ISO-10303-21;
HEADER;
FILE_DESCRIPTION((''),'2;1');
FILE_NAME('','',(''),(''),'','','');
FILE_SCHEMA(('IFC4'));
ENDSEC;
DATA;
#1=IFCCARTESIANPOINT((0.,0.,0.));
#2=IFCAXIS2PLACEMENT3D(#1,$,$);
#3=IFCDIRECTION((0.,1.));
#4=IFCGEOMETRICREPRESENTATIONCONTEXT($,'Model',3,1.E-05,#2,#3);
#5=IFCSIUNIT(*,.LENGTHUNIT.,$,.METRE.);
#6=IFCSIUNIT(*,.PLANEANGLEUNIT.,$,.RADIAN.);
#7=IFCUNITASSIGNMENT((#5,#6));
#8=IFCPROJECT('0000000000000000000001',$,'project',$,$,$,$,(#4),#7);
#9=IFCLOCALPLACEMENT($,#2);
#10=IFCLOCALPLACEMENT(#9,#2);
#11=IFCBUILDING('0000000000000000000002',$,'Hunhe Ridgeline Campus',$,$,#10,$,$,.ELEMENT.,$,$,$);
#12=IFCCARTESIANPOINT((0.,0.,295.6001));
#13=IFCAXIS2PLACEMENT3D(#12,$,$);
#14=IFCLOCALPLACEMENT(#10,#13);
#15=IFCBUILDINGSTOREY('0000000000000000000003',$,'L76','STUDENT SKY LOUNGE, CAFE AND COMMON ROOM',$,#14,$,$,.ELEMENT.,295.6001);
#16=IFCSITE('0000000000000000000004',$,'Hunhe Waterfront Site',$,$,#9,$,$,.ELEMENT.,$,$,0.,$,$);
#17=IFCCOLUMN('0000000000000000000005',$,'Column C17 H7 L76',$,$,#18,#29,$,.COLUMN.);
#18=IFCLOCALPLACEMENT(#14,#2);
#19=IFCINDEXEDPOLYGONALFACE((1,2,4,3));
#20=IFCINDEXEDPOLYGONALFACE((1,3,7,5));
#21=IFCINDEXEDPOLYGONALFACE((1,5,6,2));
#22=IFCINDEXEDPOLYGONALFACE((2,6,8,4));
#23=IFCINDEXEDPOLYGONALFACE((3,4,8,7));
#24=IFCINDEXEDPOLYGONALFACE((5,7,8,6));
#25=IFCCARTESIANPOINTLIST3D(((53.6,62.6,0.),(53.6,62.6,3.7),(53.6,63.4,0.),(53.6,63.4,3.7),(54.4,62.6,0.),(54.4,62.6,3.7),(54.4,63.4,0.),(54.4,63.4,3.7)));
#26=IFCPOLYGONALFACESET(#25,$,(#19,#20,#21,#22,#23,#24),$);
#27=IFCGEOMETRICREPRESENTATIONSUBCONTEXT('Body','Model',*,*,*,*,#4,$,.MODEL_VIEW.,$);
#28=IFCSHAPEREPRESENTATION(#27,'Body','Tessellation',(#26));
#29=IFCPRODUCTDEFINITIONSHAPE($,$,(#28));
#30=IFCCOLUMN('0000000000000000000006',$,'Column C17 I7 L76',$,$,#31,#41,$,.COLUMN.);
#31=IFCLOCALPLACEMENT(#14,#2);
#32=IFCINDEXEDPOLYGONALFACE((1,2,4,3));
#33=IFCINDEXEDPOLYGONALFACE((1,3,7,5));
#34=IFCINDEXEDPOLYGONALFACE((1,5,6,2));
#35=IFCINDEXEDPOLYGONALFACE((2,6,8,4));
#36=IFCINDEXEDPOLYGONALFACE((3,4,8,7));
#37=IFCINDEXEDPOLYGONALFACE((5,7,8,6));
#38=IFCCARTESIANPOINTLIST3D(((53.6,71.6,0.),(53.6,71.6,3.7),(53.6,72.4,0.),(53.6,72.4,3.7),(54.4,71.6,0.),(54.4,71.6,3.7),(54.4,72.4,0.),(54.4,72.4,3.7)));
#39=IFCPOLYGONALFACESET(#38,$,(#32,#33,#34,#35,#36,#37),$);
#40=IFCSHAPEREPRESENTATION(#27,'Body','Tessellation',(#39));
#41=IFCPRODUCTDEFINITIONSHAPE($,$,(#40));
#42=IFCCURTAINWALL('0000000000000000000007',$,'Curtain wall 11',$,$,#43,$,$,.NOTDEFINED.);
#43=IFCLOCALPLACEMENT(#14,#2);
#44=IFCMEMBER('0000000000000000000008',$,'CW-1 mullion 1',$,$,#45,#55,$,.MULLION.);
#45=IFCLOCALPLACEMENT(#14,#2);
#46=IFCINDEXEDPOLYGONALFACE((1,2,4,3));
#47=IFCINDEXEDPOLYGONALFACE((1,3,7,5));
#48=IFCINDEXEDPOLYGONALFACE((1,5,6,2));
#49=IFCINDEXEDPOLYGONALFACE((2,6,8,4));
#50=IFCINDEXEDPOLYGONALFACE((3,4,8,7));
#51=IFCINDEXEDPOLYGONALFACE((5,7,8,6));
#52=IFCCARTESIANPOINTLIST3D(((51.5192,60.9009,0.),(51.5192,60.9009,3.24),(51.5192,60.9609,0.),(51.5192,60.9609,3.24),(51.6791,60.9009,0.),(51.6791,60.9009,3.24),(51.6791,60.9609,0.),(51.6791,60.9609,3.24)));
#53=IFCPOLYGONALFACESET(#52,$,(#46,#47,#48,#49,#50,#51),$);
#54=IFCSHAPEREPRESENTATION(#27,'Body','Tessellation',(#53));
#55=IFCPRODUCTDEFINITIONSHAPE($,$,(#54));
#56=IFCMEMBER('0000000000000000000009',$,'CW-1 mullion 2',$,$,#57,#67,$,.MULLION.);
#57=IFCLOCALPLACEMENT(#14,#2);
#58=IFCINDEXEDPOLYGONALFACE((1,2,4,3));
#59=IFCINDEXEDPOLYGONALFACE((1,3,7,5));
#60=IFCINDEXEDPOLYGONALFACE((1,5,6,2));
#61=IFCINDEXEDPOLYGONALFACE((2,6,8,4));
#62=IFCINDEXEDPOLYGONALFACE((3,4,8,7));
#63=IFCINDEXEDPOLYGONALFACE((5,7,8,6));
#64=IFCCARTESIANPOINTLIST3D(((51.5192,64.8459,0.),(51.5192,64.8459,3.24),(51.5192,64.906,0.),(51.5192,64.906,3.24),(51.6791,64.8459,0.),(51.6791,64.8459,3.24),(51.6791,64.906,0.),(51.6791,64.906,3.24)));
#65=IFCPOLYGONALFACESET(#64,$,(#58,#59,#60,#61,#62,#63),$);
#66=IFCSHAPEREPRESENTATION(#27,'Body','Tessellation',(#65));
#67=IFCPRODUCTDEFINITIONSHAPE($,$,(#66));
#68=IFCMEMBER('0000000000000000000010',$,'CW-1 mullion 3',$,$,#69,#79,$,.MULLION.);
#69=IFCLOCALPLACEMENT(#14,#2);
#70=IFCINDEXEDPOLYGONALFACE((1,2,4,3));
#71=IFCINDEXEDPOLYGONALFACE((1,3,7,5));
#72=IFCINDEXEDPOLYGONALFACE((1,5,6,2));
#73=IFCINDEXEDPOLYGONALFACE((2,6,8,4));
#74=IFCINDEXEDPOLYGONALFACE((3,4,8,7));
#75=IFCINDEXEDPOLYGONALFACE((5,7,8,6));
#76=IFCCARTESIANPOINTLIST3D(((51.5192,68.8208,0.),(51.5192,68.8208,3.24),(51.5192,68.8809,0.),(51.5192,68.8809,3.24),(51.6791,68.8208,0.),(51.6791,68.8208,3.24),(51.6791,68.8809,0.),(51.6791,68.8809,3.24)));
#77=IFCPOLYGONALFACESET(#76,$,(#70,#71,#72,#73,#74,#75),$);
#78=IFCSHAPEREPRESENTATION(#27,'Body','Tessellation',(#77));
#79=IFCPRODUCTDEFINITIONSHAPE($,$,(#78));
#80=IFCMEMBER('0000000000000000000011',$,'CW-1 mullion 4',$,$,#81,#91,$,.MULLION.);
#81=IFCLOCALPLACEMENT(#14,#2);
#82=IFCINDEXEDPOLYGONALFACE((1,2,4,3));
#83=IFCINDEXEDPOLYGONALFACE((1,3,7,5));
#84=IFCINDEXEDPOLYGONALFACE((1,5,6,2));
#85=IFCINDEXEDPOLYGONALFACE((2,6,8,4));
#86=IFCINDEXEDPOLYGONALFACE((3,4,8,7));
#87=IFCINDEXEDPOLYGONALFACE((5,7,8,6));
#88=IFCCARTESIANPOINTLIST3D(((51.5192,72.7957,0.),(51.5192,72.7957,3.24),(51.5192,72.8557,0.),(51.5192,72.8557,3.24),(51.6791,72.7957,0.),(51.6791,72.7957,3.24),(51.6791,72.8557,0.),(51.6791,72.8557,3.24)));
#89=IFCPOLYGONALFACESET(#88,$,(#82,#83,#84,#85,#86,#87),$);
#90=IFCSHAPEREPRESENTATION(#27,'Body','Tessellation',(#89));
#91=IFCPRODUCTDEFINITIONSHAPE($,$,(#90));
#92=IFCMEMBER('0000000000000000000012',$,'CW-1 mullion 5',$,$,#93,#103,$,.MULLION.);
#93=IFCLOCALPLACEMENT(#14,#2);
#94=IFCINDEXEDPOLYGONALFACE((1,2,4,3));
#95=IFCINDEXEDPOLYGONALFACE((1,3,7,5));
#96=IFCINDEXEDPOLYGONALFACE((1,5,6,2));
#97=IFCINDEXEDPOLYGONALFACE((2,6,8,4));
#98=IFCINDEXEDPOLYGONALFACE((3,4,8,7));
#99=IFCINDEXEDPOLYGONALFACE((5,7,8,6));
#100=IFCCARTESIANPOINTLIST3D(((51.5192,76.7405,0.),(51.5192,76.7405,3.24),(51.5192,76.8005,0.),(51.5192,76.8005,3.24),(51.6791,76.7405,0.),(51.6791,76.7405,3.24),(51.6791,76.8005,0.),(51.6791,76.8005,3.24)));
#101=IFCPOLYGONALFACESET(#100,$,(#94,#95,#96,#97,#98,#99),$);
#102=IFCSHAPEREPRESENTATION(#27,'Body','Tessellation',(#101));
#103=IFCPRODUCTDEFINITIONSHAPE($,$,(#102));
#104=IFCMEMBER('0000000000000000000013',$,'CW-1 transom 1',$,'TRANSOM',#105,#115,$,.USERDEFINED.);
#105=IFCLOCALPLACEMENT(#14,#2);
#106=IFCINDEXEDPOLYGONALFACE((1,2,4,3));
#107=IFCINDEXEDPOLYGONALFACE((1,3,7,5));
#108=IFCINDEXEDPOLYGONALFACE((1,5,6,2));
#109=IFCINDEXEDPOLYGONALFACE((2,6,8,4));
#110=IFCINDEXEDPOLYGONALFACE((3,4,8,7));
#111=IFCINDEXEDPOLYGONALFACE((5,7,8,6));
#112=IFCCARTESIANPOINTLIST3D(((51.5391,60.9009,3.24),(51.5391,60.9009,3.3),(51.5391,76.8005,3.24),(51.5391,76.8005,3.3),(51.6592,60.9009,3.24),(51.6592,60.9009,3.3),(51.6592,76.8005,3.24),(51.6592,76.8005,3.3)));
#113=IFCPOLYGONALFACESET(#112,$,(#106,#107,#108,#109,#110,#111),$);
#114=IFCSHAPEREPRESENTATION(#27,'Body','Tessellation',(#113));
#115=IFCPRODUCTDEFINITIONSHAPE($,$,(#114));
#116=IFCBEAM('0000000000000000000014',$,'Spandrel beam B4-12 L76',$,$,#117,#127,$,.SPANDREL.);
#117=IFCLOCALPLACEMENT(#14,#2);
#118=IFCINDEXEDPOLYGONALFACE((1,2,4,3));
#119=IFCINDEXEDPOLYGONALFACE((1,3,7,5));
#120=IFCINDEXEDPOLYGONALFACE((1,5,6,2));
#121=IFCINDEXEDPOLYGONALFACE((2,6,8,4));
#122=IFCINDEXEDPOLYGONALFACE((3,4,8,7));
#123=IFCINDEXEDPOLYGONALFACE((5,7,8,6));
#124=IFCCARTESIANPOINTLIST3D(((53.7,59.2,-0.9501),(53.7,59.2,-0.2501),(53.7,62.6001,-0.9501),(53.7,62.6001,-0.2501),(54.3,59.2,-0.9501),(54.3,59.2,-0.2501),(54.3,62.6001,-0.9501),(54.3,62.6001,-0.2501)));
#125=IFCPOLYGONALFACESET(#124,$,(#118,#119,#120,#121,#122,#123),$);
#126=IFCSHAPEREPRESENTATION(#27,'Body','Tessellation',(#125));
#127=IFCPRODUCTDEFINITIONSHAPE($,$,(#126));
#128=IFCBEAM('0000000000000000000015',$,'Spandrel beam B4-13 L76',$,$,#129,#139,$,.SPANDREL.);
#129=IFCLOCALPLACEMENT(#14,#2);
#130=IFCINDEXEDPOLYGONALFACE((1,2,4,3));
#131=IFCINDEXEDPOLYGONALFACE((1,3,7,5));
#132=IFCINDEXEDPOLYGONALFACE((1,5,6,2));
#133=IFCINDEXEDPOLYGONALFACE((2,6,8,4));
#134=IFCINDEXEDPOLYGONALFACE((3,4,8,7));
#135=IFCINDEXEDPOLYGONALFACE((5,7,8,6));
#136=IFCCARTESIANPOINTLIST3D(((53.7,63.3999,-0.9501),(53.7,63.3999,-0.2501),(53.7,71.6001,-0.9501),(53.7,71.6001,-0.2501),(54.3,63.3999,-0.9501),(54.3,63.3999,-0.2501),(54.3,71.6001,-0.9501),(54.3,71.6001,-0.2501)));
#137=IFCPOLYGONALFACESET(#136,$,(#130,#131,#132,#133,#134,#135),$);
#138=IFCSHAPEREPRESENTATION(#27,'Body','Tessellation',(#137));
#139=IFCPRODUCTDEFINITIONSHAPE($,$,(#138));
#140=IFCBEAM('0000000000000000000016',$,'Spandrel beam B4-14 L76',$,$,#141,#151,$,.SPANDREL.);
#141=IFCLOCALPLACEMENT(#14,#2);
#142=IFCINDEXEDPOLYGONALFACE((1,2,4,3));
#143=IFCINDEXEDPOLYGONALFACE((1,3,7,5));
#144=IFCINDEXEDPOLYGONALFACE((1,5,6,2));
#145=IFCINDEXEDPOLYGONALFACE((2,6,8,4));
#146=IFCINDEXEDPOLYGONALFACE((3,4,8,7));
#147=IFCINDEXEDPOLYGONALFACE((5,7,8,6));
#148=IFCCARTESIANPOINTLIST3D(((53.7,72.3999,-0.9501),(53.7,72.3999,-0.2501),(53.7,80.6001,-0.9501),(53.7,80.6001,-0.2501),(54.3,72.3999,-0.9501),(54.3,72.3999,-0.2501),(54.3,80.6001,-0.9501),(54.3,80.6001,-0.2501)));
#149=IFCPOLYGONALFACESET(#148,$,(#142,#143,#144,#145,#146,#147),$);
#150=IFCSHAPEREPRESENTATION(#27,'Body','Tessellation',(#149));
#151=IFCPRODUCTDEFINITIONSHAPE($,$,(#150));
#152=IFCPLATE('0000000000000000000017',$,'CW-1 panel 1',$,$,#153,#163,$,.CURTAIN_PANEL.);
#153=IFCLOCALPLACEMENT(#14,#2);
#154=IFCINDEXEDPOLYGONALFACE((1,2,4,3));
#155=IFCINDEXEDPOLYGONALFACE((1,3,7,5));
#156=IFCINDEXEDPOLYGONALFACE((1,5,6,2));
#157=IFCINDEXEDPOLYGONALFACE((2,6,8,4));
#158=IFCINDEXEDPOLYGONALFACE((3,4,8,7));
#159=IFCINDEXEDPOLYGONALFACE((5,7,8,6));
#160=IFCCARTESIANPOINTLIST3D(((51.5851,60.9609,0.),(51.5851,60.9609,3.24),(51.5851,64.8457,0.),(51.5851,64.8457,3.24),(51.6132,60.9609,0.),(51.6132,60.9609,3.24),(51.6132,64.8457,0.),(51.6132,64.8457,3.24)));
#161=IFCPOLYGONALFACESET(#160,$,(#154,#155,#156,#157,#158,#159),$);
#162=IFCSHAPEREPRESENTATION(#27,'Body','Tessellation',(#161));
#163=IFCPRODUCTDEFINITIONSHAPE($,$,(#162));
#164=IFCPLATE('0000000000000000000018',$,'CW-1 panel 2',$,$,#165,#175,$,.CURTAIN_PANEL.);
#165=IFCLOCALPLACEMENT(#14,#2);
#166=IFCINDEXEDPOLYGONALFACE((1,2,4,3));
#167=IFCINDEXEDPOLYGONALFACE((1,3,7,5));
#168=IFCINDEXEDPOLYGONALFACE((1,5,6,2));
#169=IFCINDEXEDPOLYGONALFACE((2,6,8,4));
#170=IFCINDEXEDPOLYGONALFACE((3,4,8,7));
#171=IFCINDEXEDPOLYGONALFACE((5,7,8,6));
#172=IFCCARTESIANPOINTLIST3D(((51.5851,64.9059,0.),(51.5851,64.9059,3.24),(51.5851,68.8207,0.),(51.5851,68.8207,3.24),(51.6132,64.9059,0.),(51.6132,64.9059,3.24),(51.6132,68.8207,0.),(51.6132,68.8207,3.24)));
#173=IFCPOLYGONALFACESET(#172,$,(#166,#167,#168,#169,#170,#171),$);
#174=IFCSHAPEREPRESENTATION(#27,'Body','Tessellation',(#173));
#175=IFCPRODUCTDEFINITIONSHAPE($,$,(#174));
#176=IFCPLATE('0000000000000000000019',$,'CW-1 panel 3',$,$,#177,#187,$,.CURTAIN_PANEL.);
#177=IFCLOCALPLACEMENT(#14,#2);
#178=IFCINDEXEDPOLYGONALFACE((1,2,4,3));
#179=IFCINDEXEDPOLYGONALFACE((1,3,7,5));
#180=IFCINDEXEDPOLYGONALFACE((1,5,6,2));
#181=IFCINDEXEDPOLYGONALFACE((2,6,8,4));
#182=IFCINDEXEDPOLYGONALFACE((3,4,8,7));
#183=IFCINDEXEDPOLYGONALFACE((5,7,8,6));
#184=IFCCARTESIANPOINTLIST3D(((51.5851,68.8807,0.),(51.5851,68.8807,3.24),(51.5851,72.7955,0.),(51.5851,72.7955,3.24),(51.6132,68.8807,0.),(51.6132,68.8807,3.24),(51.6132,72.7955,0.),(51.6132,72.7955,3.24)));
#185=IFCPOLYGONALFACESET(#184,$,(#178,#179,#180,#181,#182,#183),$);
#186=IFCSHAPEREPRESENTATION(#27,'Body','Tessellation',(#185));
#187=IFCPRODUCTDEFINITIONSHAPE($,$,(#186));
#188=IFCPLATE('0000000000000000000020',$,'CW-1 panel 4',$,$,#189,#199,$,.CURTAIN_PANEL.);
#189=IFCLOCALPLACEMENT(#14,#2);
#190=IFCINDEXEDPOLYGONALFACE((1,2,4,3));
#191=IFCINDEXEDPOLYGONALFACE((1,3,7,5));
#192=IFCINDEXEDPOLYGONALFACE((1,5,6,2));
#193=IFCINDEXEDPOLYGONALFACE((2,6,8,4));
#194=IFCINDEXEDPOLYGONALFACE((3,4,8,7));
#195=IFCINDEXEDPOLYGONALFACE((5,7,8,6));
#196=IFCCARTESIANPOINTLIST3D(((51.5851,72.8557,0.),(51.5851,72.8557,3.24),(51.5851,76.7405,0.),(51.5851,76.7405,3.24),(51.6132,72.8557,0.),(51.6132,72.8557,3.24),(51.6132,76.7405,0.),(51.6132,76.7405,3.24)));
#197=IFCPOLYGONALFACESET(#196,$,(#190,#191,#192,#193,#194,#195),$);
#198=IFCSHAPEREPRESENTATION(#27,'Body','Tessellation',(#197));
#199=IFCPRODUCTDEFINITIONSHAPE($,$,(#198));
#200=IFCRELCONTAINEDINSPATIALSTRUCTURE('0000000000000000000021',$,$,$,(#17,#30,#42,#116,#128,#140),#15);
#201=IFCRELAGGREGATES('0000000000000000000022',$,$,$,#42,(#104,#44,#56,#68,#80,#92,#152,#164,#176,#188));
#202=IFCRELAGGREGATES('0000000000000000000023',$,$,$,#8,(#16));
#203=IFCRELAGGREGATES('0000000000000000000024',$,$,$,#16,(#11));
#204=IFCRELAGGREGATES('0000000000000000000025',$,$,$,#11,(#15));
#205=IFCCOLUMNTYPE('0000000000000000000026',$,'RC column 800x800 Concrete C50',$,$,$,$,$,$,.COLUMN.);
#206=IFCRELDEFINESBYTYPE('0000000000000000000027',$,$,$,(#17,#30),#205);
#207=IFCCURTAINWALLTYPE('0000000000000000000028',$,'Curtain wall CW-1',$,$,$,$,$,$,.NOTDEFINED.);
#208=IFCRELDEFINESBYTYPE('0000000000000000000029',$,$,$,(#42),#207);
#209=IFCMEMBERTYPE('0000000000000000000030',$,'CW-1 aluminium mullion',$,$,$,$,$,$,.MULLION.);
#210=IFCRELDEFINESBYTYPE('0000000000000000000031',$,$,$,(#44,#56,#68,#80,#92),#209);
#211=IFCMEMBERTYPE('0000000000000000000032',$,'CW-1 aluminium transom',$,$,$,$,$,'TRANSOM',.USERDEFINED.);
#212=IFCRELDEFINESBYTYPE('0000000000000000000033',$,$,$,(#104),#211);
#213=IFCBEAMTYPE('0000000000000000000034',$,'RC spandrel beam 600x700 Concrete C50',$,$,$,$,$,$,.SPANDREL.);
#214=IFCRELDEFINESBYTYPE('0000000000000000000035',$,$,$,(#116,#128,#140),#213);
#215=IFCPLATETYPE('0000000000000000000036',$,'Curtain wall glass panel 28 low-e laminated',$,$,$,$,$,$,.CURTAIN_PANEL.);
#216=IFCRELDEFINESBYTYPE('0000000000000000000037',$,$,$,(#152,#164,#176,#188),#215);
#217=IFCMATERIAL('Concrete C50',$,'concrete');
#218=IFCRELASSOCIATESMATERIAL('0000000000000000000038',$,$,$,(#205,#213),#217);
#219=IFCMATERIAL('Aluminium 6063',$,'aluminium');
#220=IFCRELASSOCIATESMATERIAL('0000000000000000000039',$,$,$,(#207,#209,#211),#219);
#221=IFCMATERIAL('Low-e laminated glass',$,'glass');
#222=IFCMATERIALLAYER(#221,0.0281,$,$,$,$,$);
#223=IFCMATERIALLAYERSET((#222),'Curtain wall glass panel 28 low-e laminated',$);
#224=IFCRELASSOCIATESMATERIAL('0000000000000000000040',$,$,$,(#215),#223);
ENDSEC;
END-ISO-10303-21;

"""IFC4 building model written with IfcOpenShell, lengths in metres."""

from ifc_helpers import new_model, si_unit, direction, frame, origin, origin_2d, place, context, subcontext, project, spatial, rectangle, extrude, material, layer, layer_set, material_profile, profile_set, type_object, element, aggregate, save


model = new_model("IFC4")

# Units and contexts
model_context = context("Model", 3, precision=1e-05, world=origin(), true_north=direction((0.0, 1.0)))
body_context = subcontext(model_context, "Body", "Model", "MODEL_VIEW")
ifc_project = project(units=[si_unit("LENGTHUNIT", "METRE"), si_unit("PLANEANGLEUNIT", "RADIAN")], contexts=[model_context])

# Site, building, storey
site_placement = place(None, origin())
site = spatial("IfcSite", under=ifc_project, at=site_placement, Name="Hunhe Waterfront Site", CompositionType="ELEMENT", RefElevation=0.0)
building_placement = place(site_placement, origin())
building = spatial("IfcBuilding", under=site, at=building_placement, Name="Hunhe Ridgeline Campus", CompositionType="ELEMENT")
storey_placement = place(building_placement, frame((0.0, 0.0, 295.6001)))
storey = spatial("IfcBuildingStorey", under=building, at=storey_placement, Name="L76", Description="STUDENT SKY LOUNGE, CAFE AND COMMON ROOM", CompositionType="ELEMENT", Elevation=295.6001)

# Columns
ifc_material_1 = material(Name="Concrete C50", Category="concrete")
ifc_material_profile_1 = material_profile(ifc_material_1, rectangle(XDim=0.8, YDim=0.8, at=origin_2d()))
ifc_profile_set_1 = profile_set([ifc_material_profile_1], Name="Concrete C50")
column_type = type_object("IfcColumnType", Name="RC column 800x800 Concrete C50", PredefinedType="COLUMN", material=ifc_profile_set_1)
for number, where, z_axis, x_axis, name in (
    (1, (54.0, 63.0, 0.0), (0.0, 0.0, 1.0), (1.0, 0.0, 0.0), "Column C17 H7 L76"),
    (2, (54.0, 72.0, 0.0), (0.0, 0.0, 1.0), (1.0, 0.0, 0.0), "Column C17 I7 L76"),
):
    element("IfcColumn", number, at=place(storey_placement, frame(where, z_axis=z_axis, x_axis=x_axis)), inside=storey, type_object=column_type, Name=name, PredefinedType="COLUMN", context=body_context, shape_type="SweptSolid", body=[
        extrude(rectangle(XDim=0.8, YDim=0.8, at=origin_2d()), origin(), (0.0, 0.0, 1.0), 3.7),
    ])

# Curtain wall, members
ifc_material_2 = material(Name="Aluminium 6063", Category="aluminium")
curtain_wall_type = type_object("IfcCurtainWallType", Name="Curtain wall CW-1", PredefinedType="NOTDEFINED", material=ifc_material_2)
curtain_wall_placement = place(storey_placement, origin())
curtain_wall = element("IfcCurtainWall", 3, at=curtain_wall_placement, inside=storey, type_object=curtain_wall_type, Name="Curtain wall 11", PredefinedType="NOTDEFINED")
ifc_material_profile_2 = material_profile(ifc_material_2, rectangle(XDim=0.1599, YDim=0.0601, at=origin_2d()))
ifc_profile_set_2 = profile_set([ifc_material_profile_2], Name="Aluminium 6063")
member_type_1 = type_object("IfcMemberType", Name="CW-1 aluminium mullion", PredefinedType="MULLION", material=ifc_profile_set_2)
member_1_placement = place(storey_placement, frame((51.5991, 60.9309, 0.0), z_axis=(0.0, 0.0, 1.0), x_axis=(-1.0, 0.0, 0.0)))
member_1 = element("IfcMember", 4, at=member_1_placement, type_object=member_type_1, Name="CW-1 mullion 1", PredefinedType="MULLION", context=body_context, shape_type="SweptSolid", body=[
    extrude(rectangle(XDim=0.1599, YDim=0.0601, at=origin_2d()), origin(), (0.0, 0.0, 1.0), 3.24),
])
member_2_placement = place(storey_placement, frame((51.5991, 64.876, 0.0), z_axis=(0.0, 0.0, 1.0), x_axis=(-1.0, 0.0, 0.0)))
member_2 = element("IfcMember", 5, at=member_2_placement, type_object=member_type_1, Name="CW-1 mullion 2", PredefinedType="MULLION", context=body_context, shape_type="SweptSolid", body=[
    extrude(rectangle(XDim=0.1599, YDim=0.0601, at=origin_2d()), origin(), (0.0, 0.0, 1.0), 3.24),
])
member_3_placement = place(storey_placement, frame((51.5991, 68.8508, 0.0), z_axis=(0.0, 0.0, 1.0), x_axis=(-1.0, 0.0, 0.0)))
member_3 = element("IfcMember", 6, at=member_3_placement, type_object=member_type_1, Name="CW-1 mullion 3", PredefinedType="MULLION", context=body_context, shape_type="SweptSolid", body=[
    extrude(rectangle(XDim=0.1599, YDim=0.0601, at=origin_2d()), origin(), (0.0, 0.0, 1.0), 3.24),
])
member_4_placement = place(storey_placement, frame((51.5991, 72.8257, 0.0), z_axis=(0.0, 0.0, 1.0), x_axis=(-1.0, 0.0, 0.0)))
member_4 = element("IfcMember", 7, at=member_4_placement, type_object=member_type_1, Name="CW-1 mullion 4", PredefinedType="MULLION", context=body_context, shape_type="SweptSolid", body=[
    extrude(rectangle(XDim=0.1599, YDim=0.0601, at=origin_2d()), origin(), (0.0, 0.0, 1.0), 3.24),
])
member_5_placement = place(storey_placement, frame((51.5991, 76.7705, 0.0), z_axis=(0.0, 0.0, 1.0), x_axis=(-1.0, 0.0, 0.0)))
member_5 = element("IfcMember", 8, at=member_5_placement, type_object=member_type_1, Name="CW-1 mullion 5", PredefinedType="MULLION", context=body_context, shape_type="SweptSolid", body=[
    extrude(rectangle(XDim=0.1599, YDim=0.0601, at=origin_2d()), origin(), (0.0, 0.0, 1.0), 3.24),
])
ifc_material_profile_3 = material_profile(ifc_material_2, rectangle(XDim=0.1201, YDim=0.0601, at=origin_2d()))
ifc_profile_set_3 = profile_set([ifc_material_profile_3], Name="Aluminium 6063")
member_type_2 = type_object("IfcMemberType", Name="CW-1 aluminium transom", ElementType="TRANSOM", PredefinedType="USERDEFINED", material=ifc_profile_set_3)
member_6_placement = place(storey_placement, frame((51.5991, 60.9009, 3.27), z_axis=(0.0, 1.0, 0.0), x_axis=(-1.0, 0.0, 0.0)))
member_6 = element("IfcMember", 9, at=member_6_placement, type_object=member_type_2, Name="CW-1 transom 1", ObjectType="TRANSOM", PredefinedType="USERDEFINED", context=body_context, shape_type="SweptSolid", body=[
    extrude(rectangle(XDim=0.1201, YDim=0.0601, at=origin_2d()), origin(), (0.0, 0.0, 1.0), 15.8997),
])

# Beams
ifc_material_profile_4 = material_profile(ifc_material_1, rectangle(XDim=0.6001, YDim=0.7, at=origin_2d()))
ifc_profile_set_4 = profile_set([ifc_material_profile_4], Name="Concrete C50")
beam_type = type_object("IfcBeamType", Name="RC spandrel beam 600x700 Concrete C50", PredefinedType="SPANDREL", material=ifc_profile_set_4)
beam_placement = place(storey_placement, frame((54.0, 59.2, -0.6001), z_axis=(0.0, 1.0, 0.0), x_axis=(-1.0, 0.0, 0.0)))
element("IfcBeam", 10, at=beam_placement, inside=storey, type_object=beam_type, Name="Spandrel beam B4-12 L76", PredefinedType="SPANDREL", context=body_context, shape_type="SweptSolid", body=[
    extrude(rectangle(XDim=0.6001, YDim=0.7, at=origin_2d()), origin(), (0.0, 0.0, 1.0), 3.4001),
])
for number, where, z_axis, x_axis, name in (
    (11, (54.0, 63.3999, -0.6001), (0.0, 1.0, 0.0), (-1.0, 0.0, 0.0), "Spandrel beam B4-13 L76"),
    (12, (54.0, 72.3999, -0.6001), (0.0, 1.0, 0.0), (-1.0, 0.0, 0.0), "Spandrel beam B4-14 L76"),
):
    element("IfcBeam", number, at=place(storey_placement, frame(where, z_axis=z_axis, x_axis=x_axis)), inside=storey, type_object=beam_type, Name=name, PredefinedType="SPANDREL", context=body_context, shape_type="SweptSolid", body=[
        extrude(rectangle(XDim=0.6001, YDim=0.7, at=origin_2d()), origin(), (0.0, 0.0, 1.0), 8.2002),
    ])

# Plates
ifc_material_3 = material(Name="Low-e laminated glass", Category="glass")
ifc_layer_1 = layer(ifc_material_3, 0.0281)
ifc_layer_set_1 = layer_set([ifc_layer_1], Name="Curtain wall glass panel 28 low-e laminated")
plate_type = type_object("IfcPlateType", Name="Curtain wall glass panel 28 low-e laminated", PredefinedType="CURTAIN_PANEL", material=ifc_layer_set_1)
plate_1_placement = place(storey_placement, frame((51.5991, 62.9033, 0.0), z_axis=(0.0, 0.0, 1.0), x_axis=(0.0, 1.0, 0.0)))
plate_1 = element("IfcPlate", 13, at=plate_1_placement, type_object=plate_type, Name="CW-1 panel 1", PredefinedType="CURTAIN_PANEL", context=body_context, shape_type="SweptSolid", body=[
    extrude(rectangle(XDim=3.8848, YDim=0.0281, at=origin_2d()), origin(), (0.0, 0.0, 1.0), 3.24),
])
plate_2_placement = place(storey_placement, frame((51.5991, 66.8633, 0.0), z_axis=(0.0, 0.0, 1.0), x_axis=(0.0, 1.0, 0.0)))
plate_2 = element("IfcPlate", 14, at=plate_2_placement, type_object=plate_type, Name="CW-1 panel 2", PredefinedType="CURTAIN_PANEL", context=body_context, shape_type="SweptSolid", body=[
    extrude(rectangle(XDim=3.9148, YDim=0.0281, at=origin_2d()), origin(), (0.0, 0.0, 1.0), 3.24),
])
plate_3_placement = place(storey_placement, frame((51.5991, 70.8381, 0.0), z_axis=(0.0, 0.0, 1.0), x_axis=(0.0, 1.0, 0.0)))
plate_3 = element("IfcPlate", 15, at=plate_3_placement, type_object=plate_type, Name="CW-1 panel 3", PredefinedType="CURTAIN_PANEL", context=body_context, shape_type="SweptSolid", body=[
    extrude(rectangle(XDim=3.9148, YDim=0.0281, at=origin_2d()), origin(), (0.0, 0.0, 1.0), 3.24),
])
plate_4_placement = place(storey_placement, frame((51.5991, 74.7981, 0.0), z_axis=(0.0, 0.0, 1.0), x_axis=(0.0, 1.0, 0.0)))
plate_4 = element("IfcPlate", 16, at=plate_4_placement, type_object=plate_type, Name="CW-1 panel 4", PredefinedType="CURTAIN_PANEL", context=body_context, shape_type="SweptSolid", body=[
    extrude(rectangle(XDim=3.8848, YDim=0.0281, at=origin_2d()), origin(), (0.0, 0.0, 1.0), 3.24),
])
aggregate(curtain_wall, [member_6, member_1, member_2, member_3, member_4, member_5, plate_1, plate_2, plate_3, plate_4])

save(model, "model.ifc")
